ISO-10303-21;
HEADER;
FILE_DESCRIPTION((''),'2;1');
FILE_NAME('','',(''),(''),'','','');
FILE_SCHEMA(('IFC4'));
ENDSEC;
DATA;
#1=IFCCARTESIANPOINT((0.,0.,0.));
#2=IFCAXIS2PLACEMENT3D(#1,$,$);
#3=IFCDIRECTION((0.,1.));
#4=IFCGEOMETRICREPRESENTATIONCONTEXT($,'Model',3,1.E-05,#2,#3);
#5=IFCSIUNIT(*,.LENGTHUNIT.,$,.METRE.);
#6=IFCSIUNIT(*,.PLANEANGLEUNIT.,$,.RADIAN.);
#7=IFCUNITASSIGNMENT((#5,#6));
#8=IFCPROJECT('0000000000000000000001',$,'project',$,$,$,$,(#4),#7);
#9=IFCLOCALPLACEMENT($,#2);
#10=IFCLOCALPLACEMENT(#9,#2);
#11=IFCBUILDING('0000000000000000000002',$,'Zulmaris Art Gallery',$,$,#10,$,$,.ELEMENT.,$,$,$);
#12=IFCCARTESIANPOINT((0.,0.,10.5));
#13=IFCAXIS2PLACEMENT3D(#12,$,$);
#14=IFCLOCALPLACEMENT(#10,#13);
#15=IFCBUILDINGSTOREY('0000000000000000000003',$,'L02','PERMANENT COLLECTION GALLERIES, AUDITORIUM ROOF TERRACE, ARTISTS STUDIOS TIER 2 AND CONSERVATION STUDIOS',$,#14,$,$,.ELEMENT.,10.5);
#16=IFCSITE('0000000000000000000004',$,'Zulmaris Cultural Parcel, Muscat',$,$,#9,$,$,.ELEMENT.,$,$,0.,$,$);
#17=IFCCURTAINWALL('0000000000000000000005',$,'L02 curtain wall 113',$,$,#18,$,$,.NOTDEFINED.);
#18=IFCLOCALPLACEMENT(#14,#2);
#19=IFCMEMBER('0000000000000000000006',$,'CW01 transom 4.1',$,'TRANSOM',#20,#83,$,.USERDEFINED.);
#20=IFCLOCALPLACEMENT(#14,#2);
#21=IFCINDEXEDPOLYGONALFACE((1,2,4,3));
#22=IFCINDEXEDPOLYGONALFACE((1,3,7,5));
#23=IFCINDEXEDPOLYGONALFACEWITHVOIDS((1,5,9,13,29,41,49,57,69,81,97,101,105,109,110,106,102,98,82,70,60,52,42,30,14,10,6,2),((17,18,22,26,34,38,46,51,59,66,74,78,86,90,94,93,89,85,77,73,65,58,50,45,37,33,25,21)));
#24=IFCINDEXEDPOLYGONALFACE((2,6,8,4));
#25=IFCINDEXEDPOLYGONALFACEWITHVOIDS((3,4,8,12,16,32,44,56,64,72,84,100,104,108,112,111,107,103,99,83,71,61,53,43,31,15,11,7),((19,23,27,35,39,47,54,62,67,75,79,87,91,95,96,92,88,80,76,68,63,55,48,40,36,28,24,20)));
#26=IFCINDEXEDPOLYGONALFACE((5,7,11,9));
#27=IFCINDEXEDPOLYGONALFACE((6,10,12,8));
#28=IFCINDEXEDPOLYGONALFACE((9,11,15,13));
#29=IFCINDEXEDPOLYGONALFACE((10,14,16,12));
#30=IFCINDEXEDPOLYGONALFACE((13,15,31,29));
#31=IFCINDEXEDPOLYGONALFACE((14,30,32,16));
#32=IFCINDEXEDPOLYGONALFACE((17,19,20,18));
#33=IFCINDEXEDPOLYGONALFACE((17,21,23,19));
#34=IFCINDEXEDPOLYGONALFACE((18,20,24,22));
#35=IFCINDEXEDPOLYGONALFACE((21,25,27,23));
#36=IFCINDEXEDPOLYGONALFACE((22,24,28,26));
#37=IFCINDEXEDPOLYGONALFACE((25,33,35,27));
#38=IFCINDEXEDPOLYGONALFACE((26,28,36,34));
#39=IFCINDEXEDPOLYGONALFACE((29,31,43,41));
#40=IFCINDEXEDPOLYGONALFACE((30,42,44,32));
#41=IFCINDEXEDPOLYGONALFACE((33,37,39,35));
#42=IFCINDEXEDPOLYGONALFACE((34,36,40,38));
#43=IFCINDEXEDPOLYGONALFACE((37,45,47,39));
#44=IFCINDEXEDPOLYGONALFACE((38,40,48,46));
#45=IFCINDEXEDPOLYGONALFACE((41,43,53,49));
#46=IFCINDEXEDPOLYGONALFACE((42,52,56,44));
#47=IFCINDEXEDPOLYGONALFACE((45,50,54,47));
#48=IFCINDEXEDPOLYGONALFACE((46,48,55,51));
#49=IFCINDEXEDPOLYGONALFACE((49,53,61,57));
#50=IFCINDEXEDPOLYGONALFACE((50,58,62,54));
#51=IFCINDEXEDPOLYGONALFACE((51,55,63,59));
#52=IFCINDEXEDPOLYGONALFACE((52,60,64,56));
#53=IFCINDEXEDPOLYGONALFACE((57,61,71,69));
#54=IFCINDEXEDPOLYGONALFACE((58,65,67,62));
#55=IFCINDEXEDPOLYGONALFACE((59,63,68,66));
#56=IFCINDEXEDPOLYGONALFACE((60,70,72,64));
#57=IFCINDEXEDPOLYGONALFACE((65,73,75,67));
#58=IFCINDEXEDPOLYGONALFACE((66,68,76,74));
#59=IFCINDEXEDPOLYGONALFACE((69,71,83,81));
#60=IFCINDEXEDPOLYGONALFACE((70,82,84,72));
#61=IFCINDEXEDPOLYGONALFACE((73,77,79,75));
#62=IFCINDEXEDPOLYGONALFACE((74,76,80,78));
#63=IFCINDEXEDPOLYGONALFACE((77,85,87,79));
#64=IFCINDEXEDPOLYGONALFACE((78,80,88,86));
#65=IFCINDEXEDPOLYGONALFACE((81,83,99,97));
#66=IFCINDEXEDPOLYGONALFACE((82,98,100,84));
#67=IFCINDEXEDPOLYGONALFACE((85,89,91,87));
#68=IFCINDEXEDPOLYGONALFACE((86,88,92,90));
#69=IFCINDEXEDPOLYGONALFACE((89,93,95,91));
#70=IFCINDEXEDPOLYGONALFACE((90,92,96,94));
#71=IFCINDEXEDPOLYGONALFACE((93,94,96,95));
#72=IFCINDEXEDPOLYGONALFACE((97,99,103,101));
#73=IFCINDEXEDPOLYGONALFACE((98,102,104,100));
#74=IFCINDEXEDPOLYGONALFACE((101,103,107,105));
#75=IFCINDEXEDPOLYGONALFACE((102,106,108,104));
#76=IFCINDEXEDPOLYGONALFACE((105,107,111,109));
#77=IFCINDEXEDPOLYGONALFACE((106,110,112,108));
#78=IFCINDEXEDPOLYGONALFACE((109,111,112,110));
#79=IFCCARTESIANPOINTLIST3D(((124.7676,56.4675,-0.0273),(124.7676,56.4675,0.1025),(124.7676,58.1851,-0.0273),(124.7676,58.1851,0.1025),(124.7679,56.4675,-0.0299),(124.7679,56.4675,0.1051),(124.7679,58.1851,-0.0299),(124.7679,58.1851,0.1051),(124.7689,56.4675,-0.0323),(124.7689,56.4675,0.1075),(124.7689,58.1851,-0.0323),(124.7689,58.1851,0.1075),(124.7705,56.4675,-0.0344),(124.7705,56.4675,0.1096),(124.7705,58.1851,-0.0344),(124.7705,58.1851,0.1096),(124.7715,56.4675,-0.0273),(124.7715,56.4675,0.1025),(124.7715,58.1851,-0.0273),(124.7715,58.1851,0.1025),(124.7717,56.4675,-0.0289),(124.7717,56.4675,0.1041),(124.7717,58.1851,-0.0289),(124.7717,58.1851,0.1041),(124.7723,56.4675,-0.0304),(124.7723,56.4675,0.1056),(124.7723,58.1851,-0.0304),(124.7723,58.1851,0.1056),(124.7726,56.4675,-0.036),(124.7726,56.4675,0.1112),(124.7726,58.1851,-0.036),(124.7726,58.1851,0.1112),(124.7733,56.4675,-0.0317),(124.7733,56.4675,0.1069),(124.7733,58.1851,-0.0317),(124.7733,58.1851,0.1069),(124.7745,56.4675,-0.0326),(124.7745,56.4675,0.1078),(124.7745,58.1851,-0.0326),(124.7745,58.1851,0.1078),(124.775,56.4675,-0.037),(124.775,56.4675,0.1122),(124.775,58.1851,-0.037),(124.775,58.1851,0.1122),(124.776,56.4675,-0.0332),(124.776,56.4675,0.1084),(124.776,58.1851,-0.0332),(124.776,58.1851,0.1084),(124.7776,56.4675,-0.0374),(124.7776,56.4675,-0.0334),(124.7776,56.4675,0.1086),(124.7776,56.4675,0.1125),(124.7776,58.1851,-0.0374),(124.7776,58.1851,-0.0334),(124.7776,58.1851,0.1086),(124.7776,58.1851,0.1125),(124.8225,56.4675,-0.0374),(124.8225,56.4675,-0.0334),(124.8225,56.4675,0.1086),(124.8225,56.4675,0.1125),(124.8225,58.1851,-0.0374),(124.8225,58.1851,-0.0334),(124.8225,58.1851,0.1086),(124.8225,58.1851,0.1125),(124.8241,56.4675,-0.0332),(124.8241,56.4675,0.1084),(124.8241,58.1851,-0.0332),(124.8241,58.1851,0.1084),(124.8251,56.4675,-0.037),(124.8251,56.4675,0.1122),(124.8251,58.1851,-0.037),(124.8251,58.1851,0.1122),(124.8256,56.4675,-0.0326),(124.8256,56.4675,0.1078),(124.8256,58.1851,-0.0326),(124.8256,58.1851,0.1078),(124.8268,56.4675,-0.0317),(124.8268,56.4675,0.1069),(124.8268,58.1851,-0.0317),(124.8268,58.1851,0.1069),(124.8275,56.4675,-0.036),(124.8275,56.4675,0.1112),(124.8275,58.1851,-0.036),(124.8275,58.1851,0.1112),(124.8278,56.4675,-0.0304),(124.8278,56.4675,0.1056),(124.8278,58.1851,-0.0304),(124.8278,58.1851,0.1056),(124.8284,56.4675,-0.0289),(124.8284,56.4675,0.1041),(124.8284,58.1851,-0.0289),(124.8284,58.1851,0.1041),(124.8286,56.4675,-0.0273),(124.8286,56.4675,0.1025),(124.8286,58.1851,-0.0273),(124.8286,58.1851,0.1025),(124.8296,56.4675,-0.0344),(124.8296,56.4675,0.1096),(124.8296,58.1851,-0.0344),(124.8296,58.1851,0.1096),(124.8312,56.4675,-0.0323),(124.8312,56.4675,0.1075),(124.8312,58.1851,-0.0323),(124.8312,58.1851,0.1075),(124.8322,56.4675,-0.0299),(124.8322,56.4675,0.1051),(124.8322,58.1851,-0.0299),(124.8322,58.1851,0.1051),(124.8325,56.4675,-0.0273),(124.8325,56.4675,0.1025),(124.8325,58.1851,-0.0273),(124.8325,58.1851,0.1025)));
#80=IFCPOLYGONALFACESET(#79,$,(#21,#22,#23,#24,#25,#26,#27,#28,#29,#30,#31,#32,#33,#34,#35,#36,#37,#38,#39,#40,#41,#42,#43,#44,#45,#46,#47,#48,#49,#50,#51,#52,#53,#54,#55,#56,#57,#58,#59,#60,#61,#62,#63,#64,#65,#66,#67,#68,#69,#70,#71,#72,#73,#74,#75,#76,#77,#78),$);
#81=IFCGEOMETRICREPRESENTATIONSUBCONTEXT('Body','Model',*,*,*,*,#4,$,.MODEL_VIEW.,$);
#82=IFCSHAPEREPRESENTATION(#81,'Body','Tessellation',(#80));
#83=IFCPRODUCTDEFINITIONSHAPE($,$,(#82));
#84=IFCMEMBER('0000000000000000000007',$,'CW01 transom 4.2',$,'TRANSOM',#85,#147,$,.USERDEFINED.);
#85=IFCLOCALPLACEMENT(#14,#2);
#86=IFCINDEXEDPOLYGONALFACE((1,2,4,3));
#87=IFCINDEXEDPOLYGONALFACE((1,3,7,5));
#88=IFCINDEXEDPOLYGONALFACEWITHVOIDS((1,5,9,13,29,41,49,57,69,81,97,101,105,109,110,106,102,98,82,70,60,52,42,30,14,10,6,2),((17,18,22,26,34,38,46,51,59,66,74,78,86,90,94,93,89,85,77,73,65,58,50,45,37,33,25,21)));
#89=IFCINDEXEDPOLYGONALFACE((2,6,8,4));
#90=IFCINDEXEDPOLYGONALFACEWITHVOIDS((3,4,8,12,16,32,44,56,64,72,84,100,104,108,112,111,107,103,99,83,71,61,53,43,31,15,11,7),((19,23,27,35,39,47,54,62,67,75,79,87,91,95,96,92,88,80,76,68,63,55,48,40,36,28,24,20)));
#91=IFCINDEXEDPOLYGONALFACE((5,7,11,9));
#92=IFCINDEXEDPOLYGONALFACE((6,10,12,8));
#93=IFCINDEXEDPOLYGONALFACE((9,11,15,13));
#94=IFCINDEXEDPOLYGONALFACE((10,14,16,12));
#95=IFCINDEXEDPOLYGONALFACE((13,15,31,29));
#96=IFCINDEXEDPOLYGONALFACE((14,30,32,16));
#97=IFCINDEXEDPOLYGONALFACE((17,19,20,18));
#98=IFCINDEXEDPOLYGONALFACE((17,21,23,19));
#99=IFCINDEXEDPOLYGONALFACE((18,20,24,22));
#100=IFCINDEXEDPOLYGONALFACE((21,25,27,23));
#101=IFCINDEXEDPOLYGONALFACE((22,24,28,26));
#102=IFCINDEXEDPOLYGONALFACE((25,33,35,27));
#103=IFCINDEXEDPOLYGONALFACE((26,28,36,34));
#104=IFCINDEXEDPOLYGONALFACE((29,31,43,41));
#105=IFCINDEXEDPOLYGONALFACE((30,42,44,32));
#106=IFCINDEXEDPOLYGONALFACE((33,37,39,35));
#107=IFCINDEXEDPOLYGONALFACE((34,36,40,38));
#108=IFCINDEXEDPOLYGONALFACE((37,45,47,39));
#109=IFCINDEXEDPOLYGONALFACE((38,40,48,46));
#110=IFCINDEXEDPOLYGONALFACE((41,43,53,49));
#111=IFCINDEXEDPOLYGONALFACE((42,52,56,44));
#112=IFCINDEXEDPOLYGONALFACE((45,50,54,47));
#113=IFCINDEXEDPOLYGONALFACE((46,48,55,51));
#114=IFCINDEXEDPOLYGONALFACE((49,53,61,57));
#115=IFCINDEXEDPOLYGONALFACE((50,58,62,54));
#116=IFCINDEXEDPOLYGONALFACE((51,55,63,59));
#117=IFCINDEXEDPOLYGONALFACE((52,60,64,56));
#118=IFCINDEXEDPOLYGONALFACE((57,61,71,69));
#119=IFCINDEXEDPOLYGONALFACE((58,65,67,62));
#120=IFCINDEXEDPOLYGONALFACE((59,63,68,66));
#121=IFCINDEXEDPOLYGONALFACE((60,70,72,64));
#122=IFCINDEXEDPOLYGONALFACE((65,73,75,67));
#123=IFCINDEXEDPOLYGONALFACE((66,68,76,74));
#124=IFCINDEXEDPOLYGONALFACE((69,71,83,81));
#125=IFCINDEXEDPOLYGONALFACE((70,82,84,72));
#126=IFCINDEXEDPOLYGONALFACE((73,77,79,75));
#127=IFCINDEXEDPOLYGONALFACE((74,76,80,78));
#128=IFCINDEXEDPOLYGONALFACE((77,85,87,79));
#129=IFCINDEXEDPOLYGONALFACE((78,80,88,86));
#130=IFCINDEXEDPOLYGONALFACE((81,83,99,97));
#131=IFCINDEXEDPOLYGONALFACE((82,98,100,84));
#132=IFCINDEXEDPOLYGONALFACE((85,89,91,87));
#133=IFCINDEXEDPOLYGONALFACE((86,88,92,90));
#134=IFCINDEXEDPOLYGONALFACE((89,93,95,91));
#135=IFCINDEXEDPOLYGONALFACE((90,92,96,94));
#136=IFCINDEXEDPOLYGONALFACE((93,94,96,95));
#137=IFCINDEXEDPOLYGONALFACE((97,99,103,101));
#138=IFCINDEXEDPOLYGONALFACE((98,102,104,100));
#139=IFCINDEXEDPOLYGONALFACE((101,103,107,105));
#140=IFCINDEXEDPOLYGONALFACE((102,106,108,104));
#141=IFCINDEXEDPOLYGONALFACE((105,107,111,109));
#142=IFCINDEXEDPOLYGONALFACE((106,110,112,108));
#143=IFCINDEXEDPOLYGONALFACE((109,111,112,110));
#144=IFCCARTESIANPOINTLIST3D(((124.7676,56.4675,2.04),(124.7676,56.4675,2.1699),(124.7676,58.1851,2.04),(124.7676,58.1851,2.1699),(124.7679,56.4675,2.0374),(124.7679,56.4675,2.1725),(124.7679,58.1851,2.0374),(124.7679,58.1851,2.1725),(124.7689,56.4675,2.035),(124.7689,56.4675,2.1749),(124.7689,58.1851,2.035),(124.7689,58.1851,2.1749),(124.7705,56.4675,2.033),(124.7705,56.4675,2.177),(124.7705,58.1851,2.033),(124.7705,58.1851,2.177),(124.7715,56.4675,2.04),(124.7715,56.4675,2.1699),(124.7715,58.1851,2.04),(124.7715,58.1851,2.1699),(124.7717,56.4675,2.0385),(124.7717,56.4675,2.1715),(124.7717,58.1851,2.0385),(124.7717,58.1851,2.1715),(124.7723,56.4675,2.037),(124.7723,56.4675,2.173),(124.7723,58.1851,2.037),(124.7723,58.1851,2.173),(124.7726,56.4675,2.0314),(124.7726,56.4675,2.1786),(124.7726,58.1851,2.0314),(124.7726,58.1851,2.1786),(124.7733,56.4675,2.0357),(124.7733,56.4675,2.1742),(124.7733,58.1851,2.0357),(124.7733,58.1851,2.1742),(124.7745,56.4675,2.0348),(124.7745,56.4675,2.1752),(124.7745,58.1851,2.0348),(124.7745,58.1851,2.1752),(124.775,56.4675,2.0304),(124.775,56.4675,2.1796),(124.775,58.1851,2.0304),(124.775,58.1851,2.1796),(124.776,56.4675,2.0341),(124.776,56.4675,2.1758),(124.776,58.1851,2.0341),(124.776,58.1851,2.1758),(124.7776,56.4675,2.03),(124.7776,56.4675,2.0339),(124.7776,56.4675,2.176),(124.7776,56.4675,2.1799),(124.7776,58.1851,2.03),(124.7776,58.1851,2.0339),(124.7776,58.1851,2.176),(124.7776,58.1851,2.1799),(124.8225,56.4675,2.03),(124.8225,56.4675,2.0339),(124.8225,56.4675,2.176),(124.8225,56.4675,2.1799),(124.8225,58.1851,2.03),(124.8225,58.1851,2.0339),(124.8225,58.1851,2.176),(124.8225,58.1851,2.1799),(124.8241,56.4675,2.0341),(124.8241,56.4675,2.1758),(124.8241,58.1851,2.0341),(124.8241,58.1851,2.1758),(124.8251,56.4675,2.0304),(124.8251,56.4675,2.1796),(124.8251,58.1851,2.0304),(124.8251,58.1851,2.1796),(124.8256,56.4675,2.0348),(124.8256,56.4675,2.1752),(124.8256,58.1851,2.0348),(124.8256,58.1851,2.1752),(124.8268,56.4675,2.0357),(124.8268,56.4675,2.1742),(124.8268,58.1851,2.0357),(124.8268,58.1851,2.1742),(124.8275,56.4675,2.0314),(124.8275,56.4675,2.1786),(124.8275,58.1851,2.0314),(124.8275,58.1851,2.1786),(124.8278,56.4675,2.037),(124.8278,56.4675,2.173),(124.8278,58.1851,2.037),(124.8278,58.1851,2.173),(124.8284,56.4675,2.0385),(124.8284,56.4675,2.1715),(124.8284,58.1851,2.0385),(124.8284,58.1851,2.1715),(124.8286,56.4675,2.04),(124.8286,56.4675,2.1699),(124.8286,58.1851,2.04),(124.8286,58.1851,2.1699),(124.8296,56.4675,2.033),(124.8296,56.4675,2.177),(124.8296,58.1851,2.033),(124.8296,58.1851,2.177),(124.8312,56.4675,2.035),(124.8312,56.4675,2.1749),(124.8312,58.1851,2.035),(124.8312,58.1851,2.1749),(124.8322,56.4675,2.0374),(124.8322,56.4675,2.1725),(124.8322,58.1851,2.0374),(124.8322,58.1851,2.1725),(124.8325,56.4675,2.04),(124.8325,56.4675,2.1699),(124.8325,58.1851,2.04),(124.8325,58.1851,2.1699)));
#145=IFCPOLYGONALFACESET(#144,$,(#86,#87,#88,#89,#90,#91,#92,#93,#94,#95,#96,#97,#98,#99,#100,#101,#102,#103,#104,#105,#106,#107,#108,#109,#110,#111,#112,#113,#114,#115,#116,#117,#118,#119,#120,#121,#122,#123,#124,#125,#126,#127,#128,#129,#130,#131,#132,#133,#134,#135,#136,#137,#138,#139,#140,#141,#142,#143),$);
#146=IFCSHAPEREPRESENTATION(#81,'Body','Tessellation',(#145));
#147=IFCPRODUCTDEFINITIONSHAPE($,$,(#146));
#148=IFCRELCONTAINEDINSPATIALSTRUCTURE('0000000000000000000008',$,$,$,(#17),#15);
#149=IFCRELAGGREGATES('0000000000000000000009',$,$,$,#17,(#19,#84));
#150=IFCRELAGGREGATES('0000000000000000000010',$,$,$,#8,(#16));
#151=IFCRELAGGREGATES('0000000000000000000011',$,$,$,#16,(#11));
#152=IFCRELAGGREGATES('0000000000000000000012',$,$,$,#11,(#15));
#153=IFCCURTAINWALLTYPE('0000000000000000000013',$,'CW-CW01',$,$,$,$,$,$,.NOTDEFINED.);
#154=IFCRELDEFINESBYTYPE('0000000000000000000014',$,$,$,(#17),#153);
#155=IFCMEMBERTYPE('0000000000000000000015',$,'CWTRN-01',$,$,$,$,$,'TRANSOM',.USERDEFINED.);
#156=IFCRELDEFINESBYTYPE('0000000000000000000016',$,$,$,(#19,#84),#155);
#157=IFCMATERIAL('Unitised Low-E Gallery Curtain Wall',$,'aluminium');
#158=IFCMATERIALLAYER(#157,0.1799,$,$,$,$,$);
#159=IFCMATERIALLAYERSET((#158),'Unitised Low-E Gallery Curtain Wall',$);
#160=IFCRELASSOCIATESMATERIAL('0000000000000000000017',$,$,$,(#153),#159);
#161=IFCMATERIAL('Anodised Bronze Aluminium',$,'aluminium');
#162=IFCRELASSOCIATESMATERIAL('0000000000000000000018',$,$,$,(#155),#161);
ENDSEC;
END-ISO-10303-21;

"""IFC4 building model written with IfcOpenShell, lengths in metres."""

from ifc_helpers import new_model, si_unit, direction, frame, origin, origin_2d, place, context, subcontext, project, spatial, hollow_rectangle, extrude, material, layer, layer_set, material_profile, profile_set, type_object, element, aggregate, save


model = new_model("IFC4")

# Units and contexts
model_context = context("Model", 3, precision=1e-05, world=origin(), true_north=direction((0.0, 1.0)))
body_context = subcontext(model_context, "Body", "Model", "MODEL_VIEW")
ifc_project = project(units=[si_unit("LENGTHUNIT", "METRE"), si_unit("PLANEANGLEUNIT", "RADIAN")], contexts=[model_context])

# Site, building, storey
site_placement = place(None, origin())
site = spatial("IfcSite", under=ifc_project, at=site_placement, Name="Zulmaris Cultural Parcel, Muscat", CompositionType="ELEMENT", RefElevation=0.0)
building_placement = place(site_placement, origin())
building = spatial("IfcBuilding", under=site, at=building_placement, Name="Zulmaris Art Gallery", CompositionType="ELEMENT")
storey_placement = place(building_placement, frame((0.0, 0.0, 10.5)))
storey = spatial("IfcBuildingStorey", under=building, at=storey_placement, Name="L02", Description="PERMANENT COLLECTION GALLERIES, AUDITORIUM ROOF TERRACE, ARTISTS STUDIOS TIER 2 AND CONSERVATION STUDIOS", CompositionType="ELEMENT", Elevation=10.5)

# Curtain wall
ifc_material_1 = material(Name="Unitised Low-E Gallery Curtain Wall", Category="aluminium")
ifc_layer_1 = layer(ifc_material_1, 0.1799)
ifc_layer_set_1 = layer_set([ifc_layer_1], Name="Unitised Low-E Gallery Curtain Wall")
curtain_wall_type = type_object("IfcCurtainWallType", Name="CW-CW01", PredefinedType="NOTDEFINED", material=ifc_layer_set_1)
ifc_material_2 = material(Name="Anodised Bronze Aluminium", Category="aluminium")
curtain_wall_1_placement = place(storey_placement, origin())
curtain_wall_1 = element("IfcCurtainWall", 1, at=curtain_wall_1_placement, inside=storey, type_object=curtain_wall_type, Name="L02 curtain wall 113", PredefinedType="NOTDEFINED")

# Members
ifc_material_profile_1 = material_profile(ifc_material_2, hollow_rectangle(XDim=0.0649, YDim=0.1499, WallThickness=0.0039, InnerFilletRadius=0.0061, OuterFilletRadius=0.01, at=origin_2d()), Name="ALU 65x150x4")
ifc_profile_set_1 = profile_set([ifc_material_profile_1], Name="Anodised Bronze Aluminium")
member_type_1 = type_object("IfcMemberType", Name="CWTRN-01", ElementType="TRANSOM", PredefinedType="USERDEFINED", material=ifc_profile_set_1)
member_1_placement = place(storey_placement, frame((124.8, 56.4675, 0.0376), z_axis=(0.0, 1.0, 0.0), x_axis=(-1.0, 0.0, 0.0)))
member_1 = element("IfcMember", 2, at=member_1_placement, type_object=member_type_1, Name="CW01 transom 4.1", ObjectType="TRANSOM", PredefinedType="USERDEFINED", context=body_context, shape_type="SweptSolid", body=[
    extrude(hollow_rectangle(XDim=0.0649, YDim=0.1499, WallThickness=0.0039, InnerFilletRadius=0.0061, OuterFilletRadius=0.01, at=origin_2d()), origin(), (0.0, 0.0, 1.0), 1.7175),
])
member_2_placement = place(storey_placement, frame((124.8, 56.4675, 2.105), z_axis=(0.0, 1.0, 0.0), x_axis=(-1.0, 0.0, 0.0)))
member_2 = element("IfcMember", 3, at=member_2_placement, type_object=member_type_1, Name="CW01 transom 4.2", ObjectType="TRANSOM", PredefinedType="USERDEFINED", context=body_context, shape_type="SweptSolid", body=[
    extrude(hollow_rectangle(XDim=0.0649, YDim=0.1499, WallThickness=0.0039, InnerFilletRadius=0.0061, OuterFilletRadius=0.01, at=origin_2d()), origin(), (0.0, 0.0, 1.0), 1.7175),
])

aggregate(curtain_wall_1, [member_1, member_2])

save(model, "model.ifc")
